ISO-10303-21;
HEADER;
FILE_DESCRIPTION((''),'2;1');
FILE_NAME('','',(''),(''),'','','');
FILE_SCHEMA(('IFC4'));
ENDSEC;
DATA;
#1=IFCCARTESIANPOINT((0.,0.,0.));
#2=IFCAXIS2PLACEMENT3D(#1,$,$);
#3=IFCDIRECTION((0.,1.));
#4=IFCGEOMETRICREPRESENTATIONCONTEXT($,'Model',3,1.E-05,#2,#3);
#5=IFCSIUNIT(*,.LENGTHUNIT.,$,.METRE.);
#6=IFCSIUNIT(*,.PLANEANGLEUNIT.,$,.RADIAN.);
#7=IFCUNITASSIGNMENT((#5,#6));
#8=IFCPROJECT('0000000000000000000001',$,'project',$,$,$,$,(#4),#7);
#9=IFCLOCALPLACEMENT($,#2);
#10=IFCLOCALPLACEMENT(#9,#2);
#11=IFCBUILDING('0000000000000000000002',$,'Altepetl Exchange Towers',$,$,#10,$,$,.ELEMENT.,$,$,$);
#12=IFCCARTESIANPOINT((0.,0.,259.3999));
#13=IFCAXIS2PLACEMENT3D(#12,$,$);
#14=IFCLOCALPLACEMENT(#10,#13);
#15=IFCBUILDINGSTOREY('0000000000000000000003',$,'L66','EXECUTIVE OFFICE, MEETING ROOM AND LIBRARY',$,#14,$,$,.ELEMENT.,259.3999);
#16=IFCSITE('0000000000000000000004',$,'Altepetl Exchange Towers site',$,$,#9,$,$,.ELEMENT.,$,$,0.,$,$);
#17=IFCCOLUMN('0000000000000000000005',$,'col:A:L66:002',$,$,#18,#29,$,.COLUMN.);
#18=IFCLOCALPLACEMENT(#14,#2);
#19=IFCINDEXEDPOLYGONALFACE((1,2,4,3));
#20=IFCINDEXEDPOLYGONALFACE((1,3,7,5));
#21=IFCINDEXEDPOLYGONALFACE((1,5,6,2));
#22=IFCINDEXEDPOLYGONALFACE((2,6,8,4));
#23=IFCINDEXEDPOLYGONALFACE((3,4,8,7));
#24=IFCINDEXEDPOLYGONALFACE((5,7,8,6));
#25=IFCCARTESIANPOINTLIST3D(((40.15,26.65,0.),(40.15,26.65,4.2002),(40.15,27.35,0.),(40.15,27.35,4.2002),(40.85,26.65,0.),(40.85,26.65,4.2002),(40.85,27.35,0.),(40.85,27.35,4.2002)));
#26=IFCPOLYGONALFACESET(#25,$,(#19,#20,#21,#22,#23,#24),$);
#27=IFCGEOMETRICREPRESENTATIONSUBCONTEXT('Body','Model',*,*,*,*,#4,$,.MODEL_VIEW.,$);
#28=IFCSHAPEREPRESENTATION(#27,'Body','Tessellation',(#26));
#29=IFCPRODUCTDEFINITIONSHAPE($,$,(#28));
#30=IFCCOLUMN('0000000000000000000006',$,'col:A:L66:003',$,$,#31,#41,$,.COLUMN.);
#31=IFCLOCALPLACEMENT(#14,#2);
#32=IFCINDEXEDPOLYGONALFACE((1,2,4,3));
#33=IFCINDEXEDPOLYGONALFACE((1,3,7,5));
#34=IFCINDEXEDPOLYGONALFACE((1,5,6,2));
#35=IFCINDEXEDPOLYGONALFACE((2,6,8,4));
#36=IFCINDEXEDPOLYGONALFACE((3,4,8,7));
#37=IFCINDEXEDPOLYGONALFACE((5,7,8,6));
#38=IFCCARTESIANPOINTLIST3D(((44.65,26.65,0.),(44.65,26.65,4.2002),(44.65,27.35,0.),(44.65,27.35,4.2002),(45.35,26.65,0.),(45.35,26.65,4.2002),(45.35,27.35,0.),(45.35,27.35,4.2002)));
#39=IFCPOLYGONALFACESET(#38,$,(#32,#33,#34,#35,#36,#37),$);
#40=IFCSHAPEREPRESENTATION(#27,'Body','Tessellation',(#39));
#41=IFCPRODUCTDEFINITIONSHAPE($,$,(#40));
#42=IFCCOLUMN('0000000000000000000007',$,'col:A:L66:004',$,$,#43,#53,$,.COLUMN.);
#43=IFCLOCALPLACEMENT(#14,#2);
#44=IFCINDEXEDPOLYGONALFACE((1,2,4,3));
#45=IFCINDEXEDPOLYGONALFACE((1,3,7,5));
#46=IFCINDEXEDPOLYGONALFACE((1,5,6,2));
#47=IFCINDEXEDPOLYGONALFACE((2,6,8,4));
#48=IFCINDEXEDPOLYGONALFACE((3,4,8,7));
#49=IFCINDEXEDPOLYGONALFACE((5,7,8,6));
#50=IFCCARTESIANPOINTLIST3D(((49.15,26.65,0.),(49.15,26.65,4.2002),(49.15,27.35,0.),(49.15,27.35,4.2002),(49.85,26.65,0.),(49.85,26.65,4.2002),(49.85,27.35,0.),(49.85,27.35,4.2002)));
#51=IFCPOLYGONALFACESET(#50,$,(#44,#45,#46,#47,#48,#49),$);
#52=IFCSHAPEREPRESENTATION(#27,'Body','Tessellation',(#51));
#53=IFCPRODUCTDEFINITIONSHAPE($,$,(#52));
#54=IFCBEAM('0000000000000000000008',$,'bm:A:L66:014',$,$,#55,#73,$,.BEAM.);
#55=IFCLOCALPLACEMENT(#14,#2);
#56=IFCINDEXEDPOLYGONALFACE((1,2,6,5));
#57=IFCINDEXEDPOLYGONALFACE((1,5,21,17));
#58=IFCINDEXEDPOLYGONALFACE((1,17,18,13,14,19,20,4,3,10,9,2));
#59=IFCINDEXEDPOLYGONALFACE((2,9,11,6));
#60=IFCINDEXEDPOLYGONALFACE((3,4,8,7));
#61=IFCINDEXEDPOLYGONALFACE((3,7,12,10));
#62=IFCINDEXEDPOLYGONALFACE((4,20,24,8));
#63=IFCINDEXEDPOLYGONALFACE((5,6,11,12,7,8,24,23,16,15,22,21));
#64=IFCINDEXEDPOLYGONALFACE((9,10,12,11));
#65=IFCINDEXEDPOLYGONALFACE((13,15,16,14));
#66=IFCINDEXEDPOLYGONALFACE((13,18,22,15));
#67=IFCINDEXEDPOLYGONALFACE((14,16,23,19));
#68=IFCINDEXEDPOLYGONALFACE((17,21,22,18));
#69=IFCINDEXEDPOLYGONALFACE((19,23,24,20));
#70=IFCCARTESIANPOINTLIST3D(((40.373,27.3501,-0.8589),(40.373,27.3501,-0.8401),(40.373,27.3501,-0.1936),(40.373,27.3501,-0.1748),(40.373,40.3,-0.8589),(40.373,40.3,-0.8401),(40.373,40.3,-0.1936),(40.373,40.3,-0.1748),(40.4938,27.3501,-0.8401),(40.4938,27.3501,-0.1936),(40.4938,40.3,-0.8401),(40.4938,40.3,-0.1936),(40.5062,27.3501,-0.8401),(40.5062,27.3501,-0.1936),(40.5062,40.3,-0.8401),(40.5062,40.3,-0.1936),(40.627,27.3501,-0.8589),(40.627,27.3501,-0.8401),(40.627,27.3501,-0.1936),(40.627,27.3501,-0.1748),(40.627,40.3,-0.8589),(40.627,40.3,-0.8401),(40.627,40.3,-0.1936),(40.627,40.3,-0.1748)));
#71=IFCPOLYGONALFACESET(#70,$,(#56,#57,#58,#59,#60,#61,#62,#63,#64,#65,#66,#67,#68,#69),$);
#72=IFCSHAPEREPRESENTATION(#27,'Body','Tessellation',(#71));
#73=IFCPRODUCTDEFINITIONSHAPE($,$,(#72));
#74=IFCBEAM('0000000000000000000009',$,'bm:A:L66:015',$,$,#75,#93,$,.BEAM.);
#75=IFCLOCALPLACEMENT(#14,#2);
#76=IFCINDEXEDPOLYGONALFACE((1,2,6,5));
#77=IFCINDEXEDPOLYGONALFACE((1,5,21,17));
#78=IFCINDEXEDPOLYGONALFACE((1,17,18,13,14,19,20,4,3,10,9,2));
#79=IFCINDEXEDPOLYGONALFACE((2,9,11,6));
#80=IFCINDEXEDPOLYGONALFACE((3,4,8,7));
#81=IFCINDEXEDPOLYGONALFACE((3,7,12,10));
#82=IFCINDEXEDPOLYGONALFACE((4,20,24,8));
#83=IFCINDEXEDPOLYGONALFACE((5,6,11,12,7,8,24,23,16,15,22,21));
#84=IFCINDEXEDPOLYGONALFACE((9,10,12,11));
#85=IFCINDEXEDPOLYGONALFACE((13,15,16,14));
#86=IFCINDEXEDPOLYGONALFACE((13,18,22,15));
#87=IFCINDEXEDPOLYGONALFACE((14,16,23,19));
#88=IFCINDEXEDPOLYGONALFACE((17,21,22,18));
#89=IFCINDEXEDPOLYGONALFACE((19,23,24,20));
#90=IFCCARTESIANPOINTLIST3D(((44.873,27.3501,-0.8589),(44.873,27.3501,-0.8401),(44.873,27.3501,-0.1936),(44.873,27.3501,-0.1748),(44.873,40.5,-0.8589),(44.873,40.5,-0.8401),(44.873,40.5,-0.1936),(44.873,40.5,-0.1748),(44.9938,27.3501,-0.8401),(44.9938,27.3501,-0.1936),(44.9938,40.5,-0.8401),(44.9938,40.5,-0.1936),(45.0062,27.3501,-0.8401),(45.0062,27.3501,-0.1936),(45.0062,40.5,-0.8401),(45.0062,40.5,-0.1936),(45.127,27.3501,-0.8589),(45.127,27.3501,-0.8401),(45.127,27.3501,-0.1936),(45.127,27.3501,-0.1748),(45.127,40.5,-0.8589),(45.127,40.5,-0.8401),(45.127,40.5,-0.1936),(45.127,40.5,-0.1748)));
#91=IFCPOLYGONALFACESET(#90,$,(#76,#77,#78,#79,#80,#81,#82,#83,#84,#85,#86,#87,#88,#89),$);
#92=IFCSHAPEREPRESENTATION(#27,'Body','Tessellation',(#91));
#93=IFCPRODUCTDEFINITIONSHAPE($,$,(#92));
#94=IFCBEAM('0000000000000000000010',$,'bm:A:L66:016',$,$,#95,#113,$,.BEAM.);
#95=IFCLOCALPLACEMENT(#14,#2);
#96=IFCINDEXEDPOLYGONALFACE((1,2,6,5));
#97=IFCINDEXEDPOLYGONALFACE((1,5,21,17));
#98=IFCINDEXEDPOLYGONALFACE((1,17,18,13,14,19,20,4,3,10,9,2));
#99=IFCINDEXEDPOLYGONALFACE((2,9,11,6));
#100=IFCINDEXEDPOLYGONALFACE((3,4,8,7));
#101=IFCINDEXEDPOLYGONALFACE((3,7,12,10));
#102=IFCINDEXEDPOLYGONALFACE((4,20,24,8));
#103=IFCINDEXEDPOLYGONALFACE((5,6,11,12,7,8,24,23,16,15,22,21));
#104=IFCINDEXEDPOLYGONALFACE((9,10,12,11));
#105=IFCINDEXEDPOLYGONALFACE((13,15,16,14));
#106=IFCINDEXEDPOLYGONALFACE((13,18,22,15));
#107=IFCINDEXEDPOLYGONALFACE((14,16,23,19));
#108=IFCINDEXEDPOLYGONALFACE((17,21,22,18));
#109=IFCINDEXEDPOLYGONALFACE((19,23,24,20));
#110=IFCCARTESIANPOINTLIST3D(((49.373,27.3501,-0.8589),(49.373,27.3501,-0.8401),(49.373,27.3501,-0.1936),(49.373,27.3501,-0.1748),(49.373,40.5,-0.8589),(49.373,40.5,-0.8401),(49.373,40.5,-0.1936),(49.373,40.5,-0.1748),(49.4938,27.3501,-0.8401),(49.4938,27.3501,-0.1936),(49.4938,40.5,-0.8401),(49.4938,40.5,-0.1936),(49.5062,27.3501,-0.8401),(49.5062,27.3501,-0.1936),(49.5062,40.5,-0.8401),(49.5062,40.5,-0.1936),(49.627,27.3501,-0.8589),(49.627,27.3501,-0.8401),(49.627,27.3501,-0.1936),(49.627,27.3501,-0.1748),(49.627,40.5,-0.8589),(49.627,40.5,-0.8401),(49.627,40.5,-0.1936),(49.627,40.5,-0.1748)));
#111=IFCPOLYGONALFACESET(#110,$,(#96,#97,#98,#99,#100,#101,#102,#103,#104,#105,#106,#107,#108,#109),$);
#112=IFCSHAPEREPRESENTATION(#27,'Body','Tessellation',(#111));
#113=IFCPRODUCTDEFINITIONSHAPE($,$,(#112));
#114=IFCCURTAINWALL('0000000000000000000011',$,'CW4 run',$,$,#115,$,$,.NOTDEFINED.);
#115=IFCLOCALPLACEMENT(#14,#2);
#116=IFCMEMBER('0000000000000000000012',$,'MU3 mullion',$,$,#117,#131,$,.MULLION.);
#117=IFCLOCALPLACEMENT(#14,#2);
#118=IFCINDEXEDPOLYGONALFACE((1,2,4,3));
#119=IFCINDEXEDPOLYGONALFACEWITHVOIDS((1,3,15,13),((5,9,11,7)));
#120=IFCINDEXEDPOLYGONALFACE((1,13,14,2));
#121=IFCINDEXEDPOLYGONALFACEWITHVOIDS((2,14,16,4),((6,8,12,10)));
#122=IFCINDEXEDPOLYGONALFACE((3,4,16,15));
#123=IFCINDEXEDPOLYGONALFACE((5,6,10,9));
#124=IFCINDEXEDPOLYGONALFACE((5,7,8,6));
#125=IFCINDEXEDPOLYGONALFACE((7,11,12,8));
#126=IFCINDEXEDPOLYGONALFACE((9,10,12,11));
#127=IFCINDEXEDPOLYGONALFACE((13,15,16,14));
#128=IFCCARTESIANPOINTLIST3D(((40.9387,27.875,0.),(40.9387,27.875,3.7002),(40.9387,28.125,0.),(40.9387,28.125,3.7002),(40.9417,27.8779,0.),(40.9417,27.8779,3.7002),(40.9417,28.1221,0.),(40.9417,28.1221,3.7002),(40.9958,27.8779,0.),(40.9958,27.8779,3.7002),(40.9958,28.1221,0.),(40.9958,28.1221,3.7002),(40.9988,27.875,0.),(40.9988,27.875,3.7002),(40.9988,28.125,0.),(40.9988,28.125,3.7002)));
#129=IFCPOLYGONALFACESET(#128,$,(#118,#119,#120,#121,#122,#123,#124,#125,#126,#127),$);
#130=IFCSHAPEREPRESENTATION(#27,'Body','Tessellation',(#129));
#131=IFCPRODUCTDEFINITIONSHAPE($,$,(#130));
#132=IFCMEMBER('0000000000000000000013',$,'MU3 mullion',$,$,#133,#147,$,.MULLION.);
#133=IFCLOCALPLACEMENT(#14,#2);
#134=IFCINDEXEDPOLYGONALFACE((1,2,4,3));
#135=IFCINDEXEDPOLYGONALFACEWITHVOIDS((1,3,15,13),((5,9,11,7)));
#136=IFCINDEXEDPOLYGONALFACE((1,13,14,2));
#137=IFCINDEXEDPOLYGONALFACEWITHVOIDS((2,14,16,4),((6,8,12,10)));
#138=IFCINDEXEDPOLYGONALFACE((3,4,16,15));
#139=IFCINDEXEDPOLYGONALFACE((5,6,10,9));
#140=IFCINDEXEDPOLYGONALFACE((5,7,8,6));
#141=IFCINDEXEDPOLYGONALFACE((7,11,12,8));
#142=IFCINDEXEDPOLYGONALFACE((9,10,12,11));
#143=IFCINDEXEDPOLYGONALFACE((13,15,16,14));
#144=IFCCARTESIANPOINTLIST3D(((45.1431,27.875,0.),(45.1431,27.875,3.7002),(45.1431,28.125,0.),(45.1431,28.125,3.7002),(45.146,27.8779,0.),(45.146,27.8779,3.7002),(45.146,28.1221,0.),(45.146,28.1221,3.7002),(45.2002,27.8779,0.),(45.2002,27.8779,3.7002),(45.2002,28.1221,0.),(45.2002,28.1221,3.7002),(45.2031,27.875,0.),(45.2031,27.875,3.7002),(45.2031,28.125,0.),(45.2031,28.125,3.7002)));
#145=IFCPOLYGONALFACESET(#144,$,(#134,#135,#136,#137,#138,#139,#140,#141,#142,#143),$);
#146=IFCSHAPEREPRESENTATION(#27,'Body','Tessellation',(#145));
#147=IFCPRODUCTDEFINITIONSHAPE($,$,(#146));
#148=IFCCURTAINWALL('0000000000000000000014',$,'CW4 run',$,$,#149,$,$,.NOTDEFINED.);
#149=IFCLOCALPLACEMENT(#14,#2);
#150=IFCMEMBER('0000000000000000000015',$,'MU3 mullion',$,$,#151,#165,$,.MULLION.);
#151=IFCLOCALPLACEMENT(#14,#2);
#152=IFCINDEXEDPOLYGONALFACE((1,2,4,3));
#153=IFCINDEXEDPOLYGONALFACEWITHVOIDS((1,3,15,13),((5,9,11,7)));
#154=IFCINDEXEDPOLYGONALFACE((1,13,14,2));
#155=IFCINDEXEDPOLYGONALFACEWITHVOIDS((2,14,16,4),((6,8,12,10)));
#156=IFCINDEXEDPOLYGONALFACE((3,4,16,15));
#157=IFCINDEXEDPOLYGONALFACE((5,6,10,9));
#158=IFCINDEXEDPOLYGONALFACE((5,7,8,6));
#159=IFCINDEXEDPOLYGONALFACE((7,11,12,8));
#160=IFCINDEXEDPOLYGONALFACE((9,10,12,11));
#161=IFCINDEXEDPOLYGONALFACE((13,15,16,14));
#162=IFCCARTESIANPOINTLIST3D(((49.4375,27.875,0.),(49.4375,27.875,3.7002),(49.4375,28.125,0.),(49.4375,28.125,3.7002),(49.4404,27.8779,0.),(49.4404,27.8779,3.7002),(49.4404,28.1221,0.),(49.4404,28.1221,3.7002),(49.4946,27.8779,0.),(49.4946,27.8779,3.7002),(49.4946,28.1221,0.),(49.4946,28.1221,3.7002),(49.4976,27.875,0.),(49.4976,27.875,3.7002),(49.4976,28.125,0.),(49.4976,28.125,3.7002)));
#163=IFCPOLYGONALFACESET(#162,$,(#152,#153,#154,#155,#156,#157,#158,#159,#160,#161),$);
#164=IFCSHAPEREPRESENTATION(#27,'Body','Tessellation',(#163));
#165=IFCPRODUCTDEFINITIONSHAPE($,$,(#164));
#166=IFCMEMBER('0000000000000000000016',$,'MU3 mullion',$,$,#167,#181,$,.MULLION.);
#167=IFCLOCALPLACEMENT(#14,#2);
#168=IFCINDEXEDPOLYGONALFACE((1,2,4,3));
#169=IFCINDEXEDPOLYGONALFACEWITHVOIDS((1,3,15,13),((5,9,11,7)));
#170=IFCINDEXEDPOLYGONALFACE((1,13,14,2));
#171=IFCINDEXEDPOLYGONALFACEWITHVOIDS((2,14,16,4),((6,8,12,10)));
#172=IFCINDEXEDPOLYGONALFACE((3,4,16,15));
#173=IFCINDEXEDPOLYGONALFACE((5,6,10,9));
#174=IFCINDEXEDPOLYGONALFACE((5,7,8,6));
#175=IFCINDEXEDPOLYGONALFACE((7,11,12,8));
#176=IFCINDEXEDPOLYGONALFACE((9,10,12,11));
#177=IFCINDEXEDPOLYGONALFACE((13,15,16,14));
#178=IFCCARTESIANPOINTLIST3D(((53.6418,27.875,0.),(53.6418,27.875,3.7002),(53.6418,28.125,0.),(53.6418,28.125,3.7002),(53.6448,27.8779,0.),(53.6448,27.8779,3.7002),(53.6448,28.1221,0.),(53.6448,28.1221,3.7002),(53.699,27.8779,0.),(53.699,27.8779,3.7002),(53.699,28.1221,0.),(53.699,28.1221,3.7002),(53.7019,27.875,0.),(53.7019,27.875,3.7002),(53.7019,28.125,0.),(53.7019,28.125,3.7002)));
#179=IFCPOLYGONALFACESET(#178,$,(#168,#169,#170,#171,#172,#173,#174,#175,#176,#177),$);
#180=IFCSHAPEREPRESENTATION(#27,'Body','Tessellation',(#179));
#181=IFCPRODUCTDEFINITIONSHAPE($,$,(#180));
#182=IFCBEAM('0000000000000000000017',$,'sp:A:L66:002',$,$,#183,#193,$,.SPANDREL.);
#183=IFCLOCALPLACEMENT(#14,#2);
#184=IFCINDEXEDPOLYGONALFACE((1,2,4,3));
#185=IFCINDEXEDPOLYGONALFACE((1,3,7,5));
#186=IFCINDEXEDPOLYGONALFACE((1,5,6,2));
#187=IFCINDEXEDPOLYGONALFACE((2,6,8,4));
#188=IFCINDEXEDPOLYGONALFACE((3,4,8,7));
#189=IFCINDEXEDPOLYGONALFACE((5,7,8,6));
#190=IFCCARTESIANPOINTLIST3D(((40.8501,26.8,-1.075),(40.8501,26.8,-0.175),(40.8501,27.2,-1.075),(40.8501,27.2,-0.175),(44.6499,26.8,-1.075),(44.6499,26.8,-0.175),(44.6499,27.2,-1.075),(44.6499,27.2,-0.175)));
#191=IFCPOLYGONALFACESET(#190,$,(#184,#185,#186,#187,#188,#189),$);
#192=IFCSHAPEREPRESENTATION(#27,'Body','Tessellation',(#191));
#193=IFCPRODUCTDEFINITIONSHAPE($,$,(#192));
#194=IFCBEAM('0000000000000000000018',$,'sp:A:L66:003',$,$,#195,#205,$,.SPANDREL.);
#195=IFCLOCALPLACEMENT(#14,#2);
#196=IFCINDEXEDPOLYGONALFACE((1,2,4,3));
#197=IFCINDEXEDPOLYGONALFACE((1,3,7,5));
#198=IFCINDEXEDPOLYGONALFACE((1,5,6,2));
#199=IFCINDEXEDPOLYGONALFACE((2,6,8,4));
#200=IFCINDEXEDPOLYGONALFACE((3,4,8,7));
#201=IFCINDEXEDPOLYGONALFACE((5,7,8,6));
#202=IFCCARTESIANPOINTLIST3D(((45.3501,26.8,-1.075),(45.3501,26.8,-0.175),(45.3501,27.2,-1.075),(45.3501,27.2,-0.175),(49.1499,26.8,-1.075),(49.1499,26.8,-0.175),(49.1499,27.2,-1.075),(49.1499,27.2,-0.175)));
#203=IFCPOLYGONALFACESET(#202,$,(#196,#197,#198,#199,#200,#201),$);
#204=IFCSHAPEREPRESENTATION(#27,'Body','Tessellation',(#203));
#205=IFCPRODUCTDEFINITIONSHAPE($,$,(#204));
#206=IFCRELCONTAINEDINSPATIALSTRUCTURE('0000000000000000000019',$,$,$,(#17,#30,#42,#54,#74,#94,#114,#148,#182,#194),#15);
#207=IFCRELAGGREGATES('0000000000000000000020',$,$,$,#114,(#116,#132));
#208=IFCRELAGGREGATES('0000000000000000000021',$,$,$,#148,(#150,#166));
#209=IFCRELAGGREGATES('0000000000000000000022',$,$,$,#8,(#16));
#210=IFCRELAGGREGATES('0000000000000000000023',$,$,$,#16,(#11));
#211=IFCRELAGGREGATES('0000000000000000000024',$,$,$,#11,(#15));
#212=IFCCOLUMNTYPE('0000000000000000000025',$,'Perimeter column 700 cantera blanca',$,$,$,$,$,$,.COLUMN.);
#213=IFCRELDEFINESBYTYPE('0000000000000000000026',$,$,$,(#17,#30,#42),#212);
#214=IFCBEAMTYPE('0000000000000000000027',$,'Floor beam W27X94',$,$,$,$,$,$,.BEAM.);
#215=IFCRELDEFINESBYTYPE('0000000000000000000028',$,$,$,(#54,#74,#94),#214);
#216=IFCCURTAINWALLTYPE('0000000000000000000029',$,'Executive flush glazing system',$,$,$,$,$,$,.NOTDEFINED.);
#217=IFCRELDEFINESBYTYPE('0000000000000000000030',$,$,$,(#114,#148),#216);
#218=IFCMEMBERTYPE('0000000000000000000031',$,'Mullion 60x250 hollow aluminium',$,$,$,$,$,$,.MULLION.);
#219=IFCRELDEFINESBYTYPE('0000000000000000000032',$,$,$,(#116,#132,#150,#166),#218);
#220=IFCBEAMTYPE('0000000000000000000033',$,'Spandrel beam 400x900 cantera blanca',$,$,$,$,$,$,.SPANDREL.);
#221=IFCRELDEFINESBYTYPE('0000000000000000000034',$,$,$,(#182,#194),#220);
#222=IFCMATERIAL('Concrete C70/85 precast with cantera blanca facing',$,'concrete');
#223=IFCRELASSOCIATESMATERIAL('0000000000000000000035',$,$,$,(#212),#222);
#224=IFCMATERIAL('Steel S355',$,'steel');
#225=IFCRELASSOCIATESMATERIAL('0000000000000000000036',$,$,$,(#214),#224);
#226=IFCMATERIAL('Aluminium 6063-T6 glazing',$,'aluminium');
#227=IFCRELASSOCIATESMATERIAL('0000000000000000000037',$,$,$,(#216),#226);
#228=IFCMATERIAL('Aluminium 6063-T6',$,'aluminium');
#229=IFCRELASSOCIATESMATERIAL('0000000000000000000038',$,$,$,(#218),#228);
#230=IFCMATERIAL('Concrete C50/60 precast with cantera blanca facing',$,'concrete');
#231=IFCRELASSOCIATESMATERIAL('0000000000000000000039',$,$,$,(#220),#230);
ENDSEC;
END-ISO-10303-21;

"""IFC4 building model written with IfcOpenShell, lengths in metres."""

from ifc_helpers import new_model, si_unit, direction, frame, origin, origin_2d, place, context, subcontext, project, spatial, rectangle, hollow_rectangle, i_section, extrude, material, material_profile, profile_set, type_object, element, aggregate, save


model = new_model("IFC4")

# Units and contexts
model_context = context("Model", 3, precision=1e-05, world=origin(), true_north=direction((0.0, 1.0)))
body_context = subcontext(model_context, "Body", "Model", "MODEL_VIEW")
ifc_project = project(units=[si_unit("LENGTHUNIT", "METRE"), si_unit("PLANEANGLEUNIT", "RADIAN")], contexts=[model_context])

# Site, building, storey
site_placement = place(None, origin())
site = spatial("IfcSite", under=ifc_project, at=site_placement, Name="Altepetl Exchange Towers site", CompositionType="ELEMENT", RefElevation=0.0)
building_placement = place(site_placement, origin())
building = spatial("IfcBuilding", under=site, at=building_placement, Name="Altepetl Exchange Towers", CompositionType="ELEMENT")
storey_placement = place(building_placement, frame((0.0, 0.0, 259.3999)))
storey = spatial("IfcBuildingStorey", under=building, at=storey_placement, Name="L66", Description="EXECUTIVE OFFICE, MEETING ROOM AND LIBRARY", CompositionType="ELEMENT", Elevation=259.3999)

# Columns
ifc_material_1 = material(Name="Concrete C70/85 precast with cantera blanca facing", Category="concrete")
ifc_material_profile_1 = material_profile(ifc_material_1, rectangle(XDim=0.7, YDim=0.7, at=origin_2d()), Name="700 x 700")
ifc_profile_set_1 = profile_set([ifc_material_profile_1], Name="Concrete C70/85 precast with cantera blanca facing")
column_type = type_object("IfcColumnType", Name="Perimeter column 700 cantera blanca", PredefinedType="COLUMN", material=ifc_profile_set_1)
for number, where, name in (
    (1, (40.5, 27.0, 0.0), "col:A:L66:002"),
    (2, (45.0, 27.0, 0.0), "col:A:L66:003"),
    (3, (49.5, 27.0, 0.0), "col:A:L66:004"),
):
    element("IfcColumn", number, at=place(storey_placement, frame(where)), inside=storey, type_object=column_type, Name=name, PredefinedType="COLUMN", context=body_context, shape_type="SweptSolid", body=[
        extrude(rectangle(XDim=0.7, YDim=0.7, at=origin_2d()), origin(), (0.0, 0.0, 1.0), 4.2002),
    ])

# Beams
ifc_material_2 = material(Name="Steel S355", Category="steel")
ifc_material_profile_2 = material_profile(ifc_material_2, i_section(OverallWidth=0.2539, OverallDepth=0.6841, WebThickness=0.0125, FlangeThickness=0.0188, at=origin_2d()), Name="W27X94")
ifc_profile_set_2 = profile_set([ifc_material_profile_2], Name="Steel S355")
beam_type_1 = type_object("IfcBeamType", Name="Floor beam W27X94", PredefinedType="BEAM", material=ifc_profile_set_2)
beam_placement = place(storey_placement, frame((40.5, 27.3501, -0.5168), z_axis=(0.0, 1.0, 0.0), x_axis=(-1.0, 0.0, 0.0)))
element("IfcBeam", 4, at=beam_placement, inside=storey, type_object=beam_type_1, Name="bm:A:L66:014", PredefinedType="BEAM", context=body_context, shape_type="SweptSolid", body=[
    extrude(i_section(OverallWidth=0.2539, OverallDepth=0.6841, WebThickness=0.0125, FlangeThickness=0.0188, at=origin_2d()), origin(), (0.0, 0.0, 1.0), 12.95),
])
for number, where, z_axis, x_axis, name in (
    (5, (45.0, 27.3501, -0.5168), (0.0, 1.0, 0.0), (-1.0, 0.0, 0.0), "bm:A:L66:015"),
    (6, (49.5, 27.3501, -0.5168), (0.0, 1.0, 0.0), (-1.0, 0.0, 0.0), "bm:A:L66:016"),
):
    element("IfcBeam", number, at=place(storey_placement, frame(where, z_axis=z_axis, x_axis=x_axis)), inside=storey, type_object=beam_type_1, Name=name, PredefinedType="BEAM", context=body_context, shape_type="SweptSolid", body=[
        extrude(i_section(OverallWidth=0.2539, OverallDepth=0.6841, WebThickness=0.0125, FlangeThickness=0.0188, at=origin_2d()), origin(), (0.0, 0.0, 1.0), 13.1499),
    ])

# Curtain walls, members
ifc_material_3 = material(Name="Aluminium 6063-T6 glazing", Category="aluminium")
curtain_wall_type = type_object("IfcCurtainWallType", Name="Executive flush glazing system", PredefinedType="NOTDEFINED", material=ifc_material_3)
curtain_wall_1_placement = place(storey_placement, origin())
curtain_wall_1 = element("IfcCurtainWall", 7, at=curtain_wall_1_placement, inside=storey, type_object=curtain_wall_type, Name="CW4 run", PredefinedType="NOTDEFINED")
ifc_material_4 = material(Name="Aluminium 6063-T6", Category="aluminium")
ifc_material_profile_3 = material_profile(ifc_material_4, hollow_rectangle(XDim=0.0601, YDim=0.25, WallThickness=0.0029, at=origin_2d()), Name="Mullion 60x250 hollow aluminium")
ifc_profile_set_3 = profile_set([ifc_material_profile_3], Name="Aluminium 6063-T6")
member_type_1 = type_object("IfcMemberType", Name="Mullion 60x250 hollow aluminium", PredefinedType="MULLION", material=ifc_profile_set_3)
member_1_placement = place(storey_placement, frame((40.9688, 28.0, 0.0)))
member_1 = element("IfcMember", 8, at=member_1_placement, type_object=member_type_1, Name="MU3 mullion", PredefinedType="MULLION", context=body_context, shape_type="SweptSolid", body=[
    extrude(hollow_rectangle(XDim=0.0601, YDim=0.25, WallThickness=0.0029, at=origin_2d()), origin(), (0.0, 0.0, 1.0), 3.7002),
])
member_2_placement = place(storey_placement, frame((45.1731, 28.0, 0.0)))
member_2 = element("IfcMember", 9, at=member_2_placement, type_object=member_type_1, Name="MU3 mullion", PredefinedType="MULLION", context=body_context, shape_type="SweptSolid", body=[
    extrude(hollow_rectangle(XDim=0.0601, YDim=0.25, WallThickness=0.0029, at=origin_2d()), origin(), (0.0, 0.0, 1.0), 3.7002),
])
curtain_wall_2_placement = place(storey_placement, origin())
curtain_wall_2 = element("IfcCurtainWall", 10, at=curtain_wall_2_placement, inside=storey, type_object=curtain_wall_type, Name="CW4 run", PredefinedType="NOTDEFINED")
member_3_placement = place(storey_placement, frame((49.4675, 28.0, 0.0)))
member_3 = element("IfcMember", 11, at=member_3_placement, type_object=member_type_1, Name="MU3 mullion", PredefinedType="MULLION", context=body_context, shape_type="SweptSolid", body=[
    extrude(hollow_rectangle(XDim=0.0601, YDim=0.25, WallThickness=0.0029, at=origin_2d()), origin(), (0.0, 0.0, 1.0), 3.7002),
])
member_4_placement = place(storey_placement, frame((53.6719, 28.0, 0.0)))
member_4 = element("IfcMember", 12, at=member_4_placement, type_object=member_type_1, Name="MU3 mullion", PredefinedType="MULLION", context=body_context, shape_type="SweptSolid", body=[
    extrude(hollow_rectangle(XDim=0.0601, YDim=0.25, WallThickness=0.0029, at=origin_2d()), origin(), (0.0, 0.0, 1.0), 3.7002),
])

# Beams
ifc_material_5 = material(Name="Concrete C50/60 precast with cantera blanca facing", Category="concrete")
ifc_material_profile_4 = material_profile(ifc_material_5, rectangle(XDim=0.3999, YDim=0.8999, at=origin_2d()), Name="400 x 900")
ifc_profile_set_4 = profile_set([ifc_material_profile_4], Name="Concrete C50/60 precast with cantera blanca facing")
beam_type_2 = type_object("IfcBeamType", Name="Spandrel beam 400x900 cantera blanca", PredefinedType="SPANDREL", material=ifc_profile_set_4)
for number, where, z_axis, x_axis, name in (
    (13, (40.8501, 27.0, -0.625), (1.0, 0.0, 0.0), (0.0, 1.0, 0.0), "sp:A:L66:002"),
    (14, (45.3501, 27.0, -0.625), (1.0, 0.0, 0.0), (0.0, 1.0, 0.0), "sp:A:L66:003"),
):
    element("IfcBeam", number, at=place(storey_placement, frame(where, z_axis=z_axis, x_axis=x_axis)), inside=storey, type_object=beam_type_2, Name=name, PredefinedType="SPANDREL", context=body_context, shape_type="SweptSolid", body=[
        extrude(rectangle(XDim=0.3999, YDim=0.8999, at=origin_2d()), origin(), (0.0, 0.0, 1.0), 3.7998),
    ])

aggregate(curtain_wall_1, [member_1, member_2])
aggregate(curtain_wall_2, [member_3, member_4])

save(model, "model.ifc")
